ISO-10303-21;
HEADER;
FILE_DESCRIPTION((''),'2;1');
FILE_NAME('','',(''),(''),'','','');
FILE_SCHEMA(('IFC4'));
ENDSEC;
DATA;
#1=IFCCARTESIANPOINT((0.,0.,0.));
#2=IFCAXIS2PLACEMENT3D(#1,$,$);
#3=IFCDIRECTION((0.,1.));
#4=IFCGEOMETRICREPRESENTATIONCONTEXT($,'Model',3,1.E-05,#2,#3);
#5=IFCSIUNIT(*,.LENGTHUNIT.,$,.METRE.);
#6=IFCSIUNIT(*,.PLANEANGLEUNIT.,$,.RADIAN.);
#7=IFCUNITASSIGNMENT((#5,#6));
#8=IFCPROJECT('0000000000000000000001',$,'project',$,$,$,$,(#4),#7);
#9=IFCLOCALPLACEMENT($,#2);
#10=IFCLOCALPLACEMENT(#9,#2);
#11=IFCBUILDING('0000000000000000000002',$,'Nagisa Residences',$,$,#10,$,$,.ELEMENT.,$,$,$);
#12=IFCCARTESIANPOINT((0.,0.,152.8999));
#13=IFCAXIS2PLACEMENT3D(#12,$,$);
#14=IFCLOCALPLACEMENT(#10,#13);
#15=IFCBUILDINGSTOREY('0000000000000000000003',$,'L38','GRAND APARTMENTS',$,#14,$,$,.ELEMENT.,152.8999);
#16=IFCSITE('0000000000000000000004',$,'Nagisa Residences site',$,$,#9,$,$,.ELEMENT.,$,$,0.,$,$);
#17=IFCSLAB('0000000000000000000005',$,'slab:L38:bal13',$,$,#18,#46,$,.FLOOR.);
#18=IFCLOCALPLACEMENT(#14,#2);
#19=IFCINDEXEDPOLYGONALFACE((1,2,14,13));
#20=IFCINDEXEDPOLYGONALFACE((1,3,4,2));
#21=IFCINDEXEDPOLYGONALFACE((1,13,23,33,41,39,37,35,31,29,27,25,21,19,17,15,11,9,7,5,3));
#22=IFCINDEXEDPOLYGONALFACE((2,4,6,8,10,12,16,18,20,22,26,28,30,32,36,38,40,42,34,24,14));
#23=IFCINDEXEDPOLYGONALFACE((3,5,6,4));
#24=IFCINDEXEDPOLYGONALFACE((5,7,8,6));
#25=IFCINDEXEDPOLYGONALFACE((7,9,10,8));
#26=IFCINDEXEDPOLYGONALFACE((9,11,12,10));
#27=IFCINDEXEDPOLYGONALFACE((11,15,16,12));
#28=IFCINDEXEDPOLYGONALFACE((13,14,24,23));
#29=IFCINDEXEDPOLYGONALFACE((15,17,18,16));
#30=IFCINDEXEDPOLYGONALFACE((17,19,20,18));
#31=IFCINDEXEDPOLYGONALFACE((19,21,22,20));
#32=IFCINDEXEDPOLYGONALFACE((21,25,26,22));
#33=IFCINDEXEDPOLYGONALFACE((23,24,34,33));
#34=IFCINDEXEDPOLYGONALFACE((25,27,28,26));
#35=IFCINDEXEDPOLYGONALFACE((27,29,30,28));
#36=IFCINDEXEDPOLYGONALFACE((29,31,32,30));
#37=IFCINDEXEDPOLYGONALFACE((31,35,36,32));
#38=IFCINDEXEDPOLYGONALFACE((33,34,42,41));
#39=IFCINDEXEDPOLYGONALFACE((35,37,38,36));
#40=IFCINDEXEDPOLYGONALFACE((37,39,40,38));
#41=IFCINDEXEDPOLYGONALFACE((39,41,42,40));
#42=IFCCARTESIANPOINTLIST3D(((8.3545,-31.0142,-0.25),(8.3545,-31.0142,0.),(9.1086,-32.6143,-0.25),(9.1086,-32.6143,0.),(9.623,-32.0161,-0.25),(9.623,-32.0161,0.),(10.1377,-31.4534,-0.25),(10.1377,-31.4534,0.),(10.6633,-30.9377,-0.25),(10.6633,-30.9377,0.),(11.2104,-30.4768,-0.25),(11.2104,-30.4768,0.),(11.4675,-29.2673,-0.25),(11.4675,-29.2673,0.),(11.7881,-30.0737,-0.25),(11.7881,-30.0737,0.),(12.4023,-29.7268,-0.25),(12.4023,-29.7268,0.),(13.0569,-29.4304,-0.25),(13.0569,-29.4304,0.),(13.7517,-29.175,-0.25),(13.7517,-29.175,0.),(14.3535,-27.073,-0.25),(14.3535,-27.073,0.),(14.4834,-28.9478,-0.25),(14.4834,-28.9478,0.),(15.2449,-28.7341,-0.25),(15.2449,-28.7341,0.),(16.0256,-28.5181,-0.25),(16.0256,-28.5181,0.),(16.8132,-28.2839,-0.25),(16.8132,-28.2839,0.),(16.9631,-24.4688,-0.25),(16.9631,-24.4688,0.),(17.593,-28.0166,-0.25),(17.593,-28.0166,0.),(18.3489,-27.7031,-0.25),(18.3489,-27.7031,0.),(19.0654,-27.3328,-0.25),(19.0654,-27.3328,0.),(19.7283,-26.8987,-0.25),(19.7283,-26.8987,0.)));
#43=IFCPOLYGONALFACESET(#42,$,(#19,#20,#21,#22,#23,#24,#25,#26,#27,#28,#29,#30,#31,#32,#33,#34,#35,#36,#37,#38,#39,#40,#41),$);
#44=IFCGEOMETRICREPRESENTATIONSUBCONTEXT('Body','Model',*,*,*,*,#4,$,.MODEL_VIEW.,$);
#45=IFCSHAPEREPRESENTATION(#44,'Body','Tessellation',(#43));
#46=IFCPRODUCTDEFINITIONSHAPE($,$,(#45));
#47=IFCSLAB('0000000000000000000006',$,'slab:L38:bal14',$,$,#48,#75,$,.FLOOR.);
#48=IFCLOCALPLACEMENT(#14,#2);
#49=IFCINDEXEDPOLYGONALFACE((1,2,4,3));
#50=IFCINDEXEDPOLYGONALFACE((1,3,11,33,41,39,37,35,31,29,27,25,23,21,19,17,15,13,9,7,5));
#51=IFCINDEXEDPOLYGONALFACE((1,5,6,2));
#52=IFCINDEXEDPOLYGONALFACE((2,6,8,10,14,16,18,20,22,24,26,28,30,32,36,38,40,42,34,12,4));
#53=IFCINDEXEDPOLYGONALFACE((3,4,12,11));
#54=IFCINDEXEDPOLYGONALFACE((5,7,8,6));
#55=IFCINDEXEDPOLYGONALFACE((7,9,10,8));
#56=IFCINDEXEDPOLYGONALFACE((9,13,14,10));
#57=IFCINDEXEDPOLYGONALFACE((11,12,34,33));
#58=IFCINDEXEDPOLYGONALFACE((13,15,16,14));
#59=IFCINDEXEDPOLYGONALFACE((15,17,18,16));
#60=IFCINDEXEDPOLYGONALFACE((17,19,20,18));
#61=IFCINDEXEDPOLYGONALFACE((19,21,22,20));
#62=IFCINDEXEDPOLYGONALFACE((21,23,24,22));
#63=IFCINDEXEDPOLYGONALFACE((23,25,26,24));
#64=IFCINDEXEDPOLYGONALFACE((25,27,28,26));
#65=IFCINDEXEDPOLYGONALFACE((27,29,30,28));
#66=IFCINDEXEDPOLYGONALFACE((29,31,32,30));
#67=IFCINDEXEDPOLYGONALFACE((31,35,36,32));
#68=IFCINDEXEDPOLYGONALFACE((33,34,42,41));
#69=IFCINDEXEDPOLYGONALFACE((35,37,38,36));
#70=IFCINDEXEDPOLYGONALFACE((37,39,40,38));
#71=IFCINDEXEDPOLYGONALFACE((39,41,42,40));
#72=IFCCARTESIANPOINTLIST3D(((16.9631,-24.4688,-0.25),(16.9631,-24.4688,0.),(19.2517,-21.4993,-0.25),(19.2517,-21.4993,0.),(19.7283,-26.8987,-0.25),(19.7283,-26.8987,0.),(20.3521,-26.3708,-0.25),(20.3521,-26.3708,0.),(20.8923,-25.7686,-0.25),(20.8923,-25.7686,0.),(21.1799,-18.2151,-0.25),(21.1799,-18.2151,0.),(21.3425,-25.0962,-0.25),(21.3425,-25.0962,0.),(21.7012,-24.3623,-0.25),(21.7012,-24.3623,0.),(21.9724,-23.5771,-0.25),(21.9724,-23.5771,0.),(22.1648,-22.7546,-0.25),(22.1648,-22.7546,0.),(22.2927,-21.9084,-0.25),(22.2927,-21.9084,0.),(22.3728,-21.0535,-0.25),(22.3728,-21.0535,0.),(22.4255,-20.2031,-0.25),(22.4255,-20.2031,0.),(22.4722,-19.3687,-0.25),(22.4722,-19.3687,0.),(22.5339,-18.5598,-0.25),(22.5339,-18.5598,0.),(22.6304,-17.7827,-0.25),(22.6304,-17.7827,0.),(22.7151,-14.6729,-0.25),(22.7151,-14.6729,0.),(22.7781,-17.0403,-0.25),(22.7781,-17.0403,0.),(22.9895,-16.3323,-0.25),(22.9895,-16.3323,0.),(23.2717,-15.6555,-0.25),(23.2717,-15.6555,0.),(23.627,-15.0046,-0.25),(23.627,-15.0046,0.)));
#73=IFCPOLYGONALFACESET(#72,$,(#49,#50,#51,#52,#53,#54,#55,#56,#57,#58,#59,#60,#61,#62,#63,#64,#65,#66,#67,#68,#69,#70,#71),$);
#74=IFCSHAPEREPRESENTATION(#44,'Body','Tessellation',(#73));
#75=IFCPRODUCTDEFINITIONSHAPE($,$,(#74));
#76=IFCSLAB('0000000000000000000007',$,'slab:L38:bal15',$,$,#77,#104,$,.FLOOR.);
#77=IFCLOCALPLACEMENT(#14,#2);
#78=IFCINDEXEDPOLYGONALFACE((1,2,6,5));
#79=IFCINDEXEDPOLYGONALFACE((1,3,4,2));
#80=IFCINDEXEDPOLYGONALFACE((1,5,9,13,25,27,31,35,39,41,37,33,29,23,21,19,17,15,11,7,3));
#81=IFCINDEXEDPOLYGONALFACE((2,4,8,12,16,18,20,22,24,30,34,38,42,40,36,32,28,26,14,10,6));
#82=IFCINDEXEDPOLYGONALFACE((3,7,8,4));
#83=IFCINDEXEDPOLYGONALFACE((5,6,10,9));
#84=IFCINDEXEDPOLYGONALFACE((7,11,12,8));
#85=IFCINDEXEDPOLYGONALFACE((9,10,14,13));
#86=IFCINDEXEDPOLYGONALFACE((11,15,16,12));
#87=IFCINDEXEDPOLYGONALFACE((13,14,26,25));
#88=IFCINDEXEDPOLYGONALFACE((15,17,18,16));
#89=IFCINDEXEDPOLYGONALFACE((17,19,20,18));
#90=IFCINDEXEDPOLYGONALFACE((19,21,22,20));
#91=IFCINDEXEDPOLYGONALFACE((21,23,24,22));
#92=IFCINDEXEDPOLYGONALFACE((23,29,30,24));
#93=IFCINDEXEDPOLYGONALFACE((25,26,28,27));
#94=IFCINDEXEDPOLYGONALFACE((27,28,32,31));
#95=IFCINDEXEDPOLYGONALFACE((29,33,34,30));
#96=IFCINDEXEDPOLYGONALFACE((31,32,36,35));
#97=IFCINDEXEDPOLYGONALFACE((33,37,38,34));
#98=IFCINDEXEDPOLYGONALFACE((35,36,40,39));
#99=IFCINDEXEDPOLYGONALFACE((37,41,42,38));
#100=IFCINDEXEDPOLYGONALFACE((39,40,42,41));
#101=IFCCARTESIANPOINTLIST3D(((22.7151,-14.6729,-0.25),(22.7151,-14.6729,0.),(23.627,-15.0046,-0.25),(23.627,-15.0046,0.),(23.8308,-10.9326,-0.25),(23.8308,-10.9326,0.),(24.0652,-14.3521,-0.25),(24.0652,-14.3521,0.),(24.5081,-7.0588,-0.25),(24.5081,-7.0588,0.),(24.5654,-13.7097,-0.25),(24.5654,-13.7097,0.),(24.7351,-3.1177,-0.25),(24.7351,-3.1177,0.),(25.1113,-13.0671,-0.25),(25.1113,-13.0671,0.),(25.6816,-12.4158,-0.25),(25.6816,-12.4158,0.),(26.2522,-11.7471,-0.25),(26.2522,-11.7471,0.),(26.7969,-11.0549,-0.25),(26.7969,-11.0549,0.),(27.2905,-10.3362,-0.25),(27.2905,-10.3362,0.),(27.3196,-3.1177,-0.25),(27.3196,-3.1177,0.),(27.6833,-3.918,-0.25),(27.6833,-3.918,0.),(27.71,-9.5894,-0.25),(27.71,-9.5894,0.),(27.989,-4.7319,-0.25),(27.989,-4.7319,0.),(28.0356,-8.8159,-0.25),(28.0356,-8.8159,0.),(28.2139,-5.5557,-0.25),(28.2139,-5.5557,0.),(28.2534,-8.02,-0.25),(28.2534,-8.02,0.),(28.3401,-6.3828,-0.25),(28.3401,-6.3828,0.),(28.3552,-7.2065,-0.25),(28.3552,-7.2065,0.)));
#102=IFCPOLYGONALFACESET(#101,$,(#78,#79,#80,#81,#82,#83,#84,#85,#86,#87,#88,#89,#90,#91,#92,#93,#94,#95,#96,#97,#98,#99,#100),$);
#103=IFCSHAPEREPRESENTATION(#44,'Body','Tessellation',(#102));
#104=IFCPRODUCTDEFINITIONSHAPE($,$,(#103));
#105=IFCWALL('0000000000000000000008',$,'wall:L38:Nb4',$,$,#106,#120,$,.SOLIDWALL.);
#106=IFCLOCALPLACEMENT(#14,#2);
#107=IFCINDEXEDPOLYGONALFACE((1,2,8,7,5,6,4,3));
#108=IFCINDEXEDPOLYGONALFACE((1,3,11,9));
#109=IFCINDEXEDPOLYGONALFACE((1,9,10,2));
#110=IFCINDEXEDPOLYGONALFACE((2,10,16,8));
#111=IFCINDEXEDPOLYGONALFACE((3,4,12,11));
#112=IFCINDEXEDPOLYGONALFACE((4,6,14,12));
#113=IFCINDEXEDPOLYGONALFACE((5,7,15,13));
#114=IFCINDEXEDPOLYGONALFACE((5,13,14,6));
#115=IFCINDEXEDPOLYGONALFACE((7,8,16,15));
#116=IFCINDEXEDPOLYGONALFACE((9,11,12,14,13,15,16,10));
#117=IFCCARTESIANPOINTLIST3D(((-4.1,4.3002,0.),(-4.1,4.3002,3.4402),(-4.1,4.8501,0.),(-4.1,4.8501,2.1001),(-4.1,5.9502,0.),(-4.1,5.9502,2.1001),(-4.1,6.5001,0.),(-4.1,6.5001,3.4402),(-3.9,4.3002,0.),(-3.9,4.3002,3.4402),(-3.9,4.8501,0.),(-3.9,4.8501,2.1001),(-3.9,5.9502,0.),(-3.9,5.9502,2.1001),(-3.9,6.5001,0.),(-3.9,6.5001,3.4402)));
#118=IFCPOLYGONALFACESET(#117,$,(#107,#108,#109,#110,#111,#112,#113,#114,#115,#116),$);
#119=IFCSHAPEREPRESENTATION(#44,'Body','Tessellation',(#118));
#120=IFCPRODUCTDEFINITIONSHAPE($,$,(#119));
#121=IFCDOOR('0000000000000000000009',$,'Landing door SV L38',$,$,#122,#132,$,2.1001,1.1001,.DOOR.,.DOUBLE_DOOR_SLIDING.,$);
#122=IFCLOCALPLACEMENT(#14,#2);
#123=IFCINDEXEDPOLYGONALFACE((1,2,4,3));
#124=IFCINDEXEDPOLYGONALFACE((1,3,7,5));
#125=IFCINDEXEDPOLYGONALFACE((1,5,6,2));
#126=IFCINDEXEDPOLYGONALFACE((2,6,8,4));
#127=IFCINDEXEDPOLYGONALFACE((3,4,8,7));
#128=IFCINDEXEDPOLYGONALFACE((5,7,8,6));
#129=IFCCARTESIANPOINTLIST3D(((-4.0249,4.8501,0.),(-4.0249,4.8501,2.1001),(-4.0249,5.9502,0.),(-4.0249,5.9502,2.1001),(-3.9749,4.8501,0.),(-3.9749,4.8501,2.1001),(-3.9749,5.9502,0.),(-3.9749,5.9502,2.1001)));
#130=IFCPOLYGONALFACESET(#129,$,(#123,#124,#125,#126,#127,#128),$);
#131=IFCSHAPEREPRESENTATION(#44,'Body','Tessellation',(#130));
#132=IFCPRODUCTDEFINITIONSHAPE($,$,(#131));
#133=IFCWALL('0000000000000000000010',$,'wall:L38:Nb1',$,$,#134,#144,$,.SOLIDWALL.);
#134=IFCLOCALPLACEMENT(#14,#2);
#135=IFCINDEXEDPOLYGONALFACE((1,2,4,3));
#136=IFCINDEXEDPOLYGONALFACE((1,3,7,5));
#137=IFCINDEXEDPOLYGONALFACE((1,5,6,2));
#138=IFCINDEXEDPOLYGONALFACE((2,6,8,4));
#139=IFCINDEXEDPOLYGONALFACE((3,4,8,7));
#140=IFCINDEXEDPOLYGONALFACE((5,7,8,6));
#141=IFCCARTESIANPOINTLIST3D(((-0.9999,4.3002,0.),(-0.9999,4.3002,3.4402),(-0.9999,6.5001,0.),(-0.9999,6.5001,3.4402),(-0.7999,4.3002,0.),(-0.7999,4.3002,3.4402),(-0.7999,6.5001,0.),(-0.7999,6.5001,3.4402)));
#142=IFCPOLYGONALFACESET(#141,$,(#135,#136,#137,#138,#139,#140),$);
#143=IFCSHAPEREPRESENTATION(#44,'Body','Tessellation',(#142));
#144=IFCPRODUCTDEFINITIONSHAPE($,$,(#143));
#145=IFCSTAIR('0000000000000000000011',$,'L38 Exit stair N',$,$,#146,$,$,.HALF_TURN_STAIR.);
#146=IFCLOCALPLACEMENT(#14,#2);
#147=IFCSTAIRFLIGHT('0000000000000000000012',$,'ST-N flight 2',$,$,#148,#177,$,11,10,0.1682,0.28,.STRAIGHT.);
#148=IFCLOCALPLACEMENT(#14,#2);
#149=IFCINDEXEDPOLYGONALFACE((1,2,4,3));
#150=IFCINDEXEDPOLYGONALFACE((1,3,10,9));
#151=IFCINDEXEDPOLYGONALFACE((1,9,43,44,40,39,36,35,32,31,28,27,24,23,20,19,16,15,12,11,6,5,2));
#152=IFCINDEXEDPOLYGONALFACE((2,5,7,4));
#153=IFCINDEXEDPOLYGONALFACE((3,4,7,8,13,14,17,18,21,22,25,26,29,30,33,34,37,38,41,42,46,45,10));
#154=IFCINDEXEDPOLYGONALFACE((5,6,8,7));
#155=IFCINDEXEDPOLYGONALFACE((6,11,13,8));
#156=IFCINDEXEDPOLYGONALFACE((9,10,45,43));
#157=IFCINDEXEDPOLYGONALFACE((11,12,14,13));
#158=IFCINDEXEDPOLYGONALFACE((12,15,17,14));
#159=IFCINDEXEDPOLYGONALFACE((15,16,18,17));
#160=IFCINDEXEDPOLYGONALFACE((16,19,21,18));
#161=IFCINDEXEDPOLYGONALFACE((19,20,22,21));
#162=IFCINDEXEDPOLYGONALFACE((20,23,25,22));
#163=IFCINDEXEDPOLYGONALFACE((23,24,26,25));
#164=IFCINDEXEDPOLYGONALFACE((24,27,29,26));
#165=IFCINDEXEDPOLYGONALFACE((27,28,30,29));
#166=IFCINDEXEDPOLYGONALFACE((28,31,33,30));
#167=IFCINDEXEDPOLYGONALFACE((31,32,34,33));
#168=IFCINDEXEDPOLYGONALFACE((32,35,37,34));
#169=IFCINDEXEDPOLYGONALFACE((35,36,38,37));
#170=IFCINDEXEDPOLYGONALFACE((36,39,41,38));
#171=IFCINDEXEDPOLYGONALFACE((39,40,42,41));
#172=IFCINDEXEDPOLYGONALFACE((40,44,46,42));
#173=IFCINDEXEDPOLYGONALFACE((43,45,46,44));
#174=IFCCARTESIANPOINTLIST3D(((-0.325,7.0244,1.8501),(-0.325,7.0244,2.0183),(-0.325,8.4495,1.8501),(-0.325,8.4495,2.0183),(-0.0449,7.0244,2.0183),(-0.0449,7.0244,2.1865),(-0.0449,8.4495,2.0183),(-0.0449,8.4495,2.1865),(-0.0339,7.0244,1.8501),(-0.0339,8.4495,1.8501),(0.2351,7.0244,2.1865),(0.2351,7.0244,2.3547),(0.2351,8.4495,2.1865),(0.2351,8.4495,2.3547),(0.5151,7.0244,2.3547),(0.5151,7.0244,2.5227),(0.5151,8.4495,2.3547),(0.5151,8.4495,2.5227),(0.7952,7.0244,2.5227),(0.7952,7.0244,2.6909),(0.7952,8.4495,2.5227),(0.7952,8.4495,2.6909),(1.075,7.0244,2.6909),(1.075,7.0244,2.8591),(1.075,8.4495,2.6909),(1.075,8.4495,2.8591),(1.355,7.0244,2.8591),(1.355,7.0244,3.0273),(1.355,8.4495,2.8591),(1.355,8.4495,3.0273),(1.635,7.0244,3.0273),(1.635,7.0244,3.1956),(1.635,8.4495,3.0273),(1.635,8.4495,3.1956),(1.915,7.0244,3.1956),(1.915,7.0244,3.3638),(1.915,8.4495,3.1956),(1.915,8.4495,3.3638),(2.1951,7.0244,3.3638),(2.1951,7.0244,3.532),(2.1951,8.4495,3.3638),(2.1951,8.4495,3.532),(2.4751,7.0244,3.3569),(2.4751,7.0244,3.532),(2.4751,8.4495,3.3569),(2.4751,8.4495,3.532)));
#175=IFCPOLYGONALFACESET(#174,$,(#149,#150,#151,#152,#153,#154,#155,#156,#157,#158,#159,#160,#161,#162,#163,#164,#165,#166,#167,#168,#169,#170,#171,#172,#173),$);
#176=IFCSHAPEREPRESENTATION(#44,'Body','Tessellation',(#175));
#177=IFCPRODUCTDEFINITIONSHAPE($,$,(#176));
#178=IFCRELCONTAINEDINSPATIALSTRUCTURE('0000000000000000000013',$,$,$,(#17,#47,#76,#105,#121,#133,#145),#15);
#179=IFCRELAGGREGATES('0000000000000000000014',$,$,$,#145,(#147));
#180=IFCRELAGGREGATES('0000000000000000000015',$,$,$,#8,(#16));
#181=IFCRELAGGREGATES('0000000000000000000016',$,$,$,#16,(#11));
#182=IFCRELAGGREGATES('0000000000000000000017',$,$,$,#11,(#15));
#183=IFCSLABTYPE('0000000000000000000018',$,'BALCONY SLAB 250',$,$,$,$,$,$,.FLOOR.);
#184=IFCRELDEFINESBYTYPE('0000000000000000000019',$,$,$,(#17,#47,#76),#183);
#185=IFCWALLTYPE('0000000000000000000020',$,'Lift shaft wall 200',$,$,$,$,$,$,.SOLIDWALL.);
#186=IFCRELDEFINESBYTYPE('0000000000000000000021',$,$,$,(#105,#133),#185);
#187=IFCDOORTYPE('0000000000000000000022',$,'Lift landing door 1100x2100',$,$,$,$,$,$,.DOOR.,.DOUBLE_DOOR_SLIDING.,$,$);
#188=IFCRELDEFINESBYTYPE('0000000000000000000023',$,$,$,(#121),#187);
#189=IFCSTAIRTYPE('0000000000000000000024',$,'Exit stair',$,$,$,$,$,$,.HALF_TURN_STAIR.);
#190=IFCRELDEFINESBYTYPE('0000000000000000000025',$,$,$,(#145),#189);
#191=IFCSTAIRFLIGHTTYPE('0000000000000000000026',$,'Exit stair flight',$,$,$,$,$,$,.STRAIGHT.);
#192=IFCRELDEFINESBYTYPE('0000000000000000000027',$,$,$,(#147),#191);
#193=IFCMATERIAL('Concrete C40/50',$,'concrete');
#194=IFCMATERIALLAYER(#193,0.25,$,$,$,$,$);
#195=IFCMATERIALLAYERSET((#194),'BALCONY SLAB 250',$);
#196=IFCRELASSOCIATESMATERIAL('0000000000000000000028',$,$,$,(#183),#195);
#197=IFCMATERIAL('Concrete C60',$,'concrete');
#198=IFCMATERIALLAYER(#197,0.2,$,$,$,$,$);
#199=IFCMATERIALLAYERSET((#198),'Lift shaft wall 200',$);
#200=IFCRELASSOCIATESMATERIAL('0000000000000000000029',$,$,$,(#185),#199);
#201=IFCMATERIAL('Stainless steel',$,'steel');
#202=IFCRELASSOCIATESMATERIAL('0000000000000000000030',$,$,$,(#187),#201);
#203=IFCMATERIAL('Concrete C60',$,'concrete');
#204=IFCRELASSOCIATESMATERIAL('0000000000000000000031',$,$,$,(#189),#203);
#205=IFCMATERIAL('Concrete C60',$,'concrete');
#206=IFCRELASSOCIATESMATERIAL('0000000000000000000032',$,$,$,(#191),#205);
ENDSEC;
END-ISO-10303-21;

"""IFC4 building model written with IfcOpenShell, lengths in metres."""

from ifc_helpers import new_model, si_unit, direction, frame, frame_2d, origin, place, context, subcontext, project, spatial, polyline, rectangle, outline, extrude, material, layer, layer_set, type_object, element, fill, aggregate, save


model = new_model("IFC4")

# Units and contexts
model_context = context("Model", 3, precision=1e-05, world=origin(), true_north=direction((0.0, 1.0)))
body_context = subcontext(model_context, "Body", "Model", "MODEL_VIEW")
ifc_project = project(units=[si_unit("LENGTHUNIT", "METRE"), si_unit("PLANEANGLEUNIT", "RADIAN")], contexts=[model_context])

# Site, building, storey
site_placement = place(None, origin())
site = spatial("IfcSite", under=ifc_project, at=site_placement, Name="Nagisa Residences site", CompositionType="ELEMENT", RefElevation=0.0)
building_placement = place(site_placement, origin())
building = spatial("IfcBuilding", under=site, at=building_placement, Name="Nagisa Residences", CompositionType="ELEMENT")
storey_placement = place(building_placement, frame((0.0, 0.0, 152.8999)))
storey = spatial("IfcBuildingStorey", under=building, at=storey_placement, Name="L38", Description="GRAND APARTMENTS", CompositionType="ELEMENT", Elevation=152.8999)

# Slabs
ifc_material_1 = material(Name="Concrete C40/50", Category="concrete")
ifc_layer_1 = layer(ifc_material_1, 0.25)
ifc_layer_set_1 = layer_set([ifc_layer_1], Name="BALCONY SLAB 250")
slab_type = type_object("IfcSlabType", Name="BALCONY SLAB 250", PredefinedType="FLOOR", material=ifc_layer_set_1)
slab_1_placement = place(storey_placement, frame((0.0, 0.0, -0.25)))
element("IfcSlab", 1, at=slab_1_placement, inside=storey, type_object=slab_type, Name="slab:L38:bal13", PredefinedType="FLOOR", context=body_context, shape_type="SweptSolid", body=[
    extrude(outline(polyline([(9.1086, -32.6143), (9.623, -32.0161), (10.1377, -31.4534), (10.6633, -30.9377), (11.2104, -30.4768), (11.7881, -30.0737), (12.4023, -29.7268), (13.0569, -29.4304), (13.7517, -29.175), (14.4834, -28.9478), (15.2449, -28.7341), (16.0256, -28.5181), (16.8132, -28.2839), (17.593, -28.0166), (18.3489, -27.7031), (19.0654, -27.3328), (19.7283, -26.8987), (16.9631, -24.4688), (14.3535, -27.073), (11.4675, -29.2673), (8.3545, -31.0142), (9.1086, -32.6143)])), origin(), (0.0, 0.0, 1.0), 0.25),
])
slab_2_placement = place(storey_placement, frame((0.0, 0.0, -0.25)))
element("IfcSlab", 2, at=slab_2_placement, inside=storey, type_object=slab_type, Name="slab:L38:bal14", PredefinedType="FLOOR", context=body_context, shape_type="SweptSolid", body=[
    extrude(outline(polyline([(19.7283, -26.8987), (20.3521, -26.3708), (20.8923, -25.7686), (21.3425, -25.0962), (21.7012, -24.3623), (21.9724, -23.5771), (22.1648, -22.7546), (22.2927, -21.9084), (22.3728, -21.0535), (22.4255, -20.2031), (22.4722, -19.3687), (22.5339, -18.5598), (22.6304, -17.7827), (22.7781, -17.0403), (22.9895, -16.3323), (23.2717, -15.6555), (23.627, -15.0046), (22.7151, -14.6729), (21.1799, -18.2151), (19.2517, -21.4993), (16.9631, -24.4688), (19.7283, -26.8987)])), origin(), (0.0, 0.0, 1.0), 0.25),
])
slab_3_placement = place(storey_placement, frame((0.0, 0.0, -0.25)))
element("IfcSlab", 3, at=slab_3_placement, inside=storey, type_object=slab_type, Name="slab:L38:bal15", PredefinedType="FLOOR", context=body_context, shape_type="SweptSolid", body=[
    extrude(outline(polyline([(23.627, -15.0046), (24.0652, -14.3521), (24.5654, -13.7097), (25.1113, -13.0671), (25.6816, -12.4158), (26.2522, -11.7471), (26.7969, -11.0549), (27.2905, -10.3362), (27.71, -9.5894), (28.0356, -8.8159), (28.2534, -8.02), (28.3552, -7.2065), (28.3401, -6.3828), (28.2139, -5.5557), (27.989, -4.7319), (27.6833, -3.918), (27.3196, -3.1177), (24.7351, -3.1177), (24.5081, -7.0588), (23.8308, -10.9326), (22.7151, -14.6729), (23.627, -15.0046)])), origin(), (0.0, 0.0, 1.0), 0.25),
])

# Wall, opening, door
ifc_material_2 = material(Name="Concrete C60", Category="concrete")
ifc_layer_2 = layer(ifc_material_2, 0.2)
ifc_layer_set_2 = layer_set([ifc_layer_2], Name="Lift shaft wall 200")
wall_type = type_object("IfcWallType", Name="Lift shaft wall 200", PredefinedType="SOLIDWALL", material=ifc_layer_set_2)
wall_1_placement = place(storey_placement, frame((-4.0, 4.3, 0.0), z_axis=(0.0, 0.0, 1.0), x_axis=(0.0, 1.0, 0.0)))
wall_1 = element("IfcWall", 4, at=wall_1_placement, inside=storey, type_object=wall_type, Name="wall:L38:Nb4", PredefinedType="SOLIDWALL", context=body_context, shape_type="SweptSolid", body=[
    extrude(rectangle(XDim=2.2, YDim=0.2, at=frame_2d((1.1001, 0.0))), origin(), (0.0, 0.0, 1.0), 3.4402),
])
opening_placement = place(wall_1_placement, frame((0.55, 0.0, 0.0)))
opening = element("IfcOpeningElement", 5, at=opening_placement, cuts=wall_1, PredefinedType="OPENING", context=body_context, shape_type="SweptSolid", body=[
    extrude(rectangle(XDim=1.1001, YDim=2.1001, at=frame_2d((0.55, 1.05))), frame((0.0, 0.1099, 0.0), z_axis=(0.0, -1.0, 0.0), x_axis=(1.0, 0.0, 0.0)), (0.0, 0.0, 1.0), 0.22),
])
ifc_material_3 = material(Name="Stainless steel", Category="steel")
door_type = type_object("IfcDoorType", Name="Lift landing door 1100x2100", OperationType="DOUBLE_DOOR_SLIDING", PredefinedType="DOOR", material=ifc_material_3)
door_placement = place(opening_placement, origin())
door = element("IfcDoor", 6, at=door_placement, inside=storey, type_object=door_type, Name="Landing door SV L38", OperationType="DOUBLE_DOOR_SLIDING", OverallHeight=2.1001, OverallWidth=1.1001, PredefinedType="DOOR", context=body_context, shape_type="SweptSolid", body=[
    extrude(rectangle(XDim=1.1001, YDim=2.1001, at=frame_2d((0.55, 1.05))), frame((0.0, 0.0249, 0.0), z_axis=(0.0, -1.0, 0.0), x_axis=(1.0, 0.0, 0.0)), (0.0, 0.0, 1.0), 0.05),
])
fill(opening, door)

# Wall
wall_2_placement = place(storey_placement, frame((-0.8999, 4.3, 0.0), z_axis=(0.0, 0.0, 1.0), x_axis=(0.0, 1.0, 0.0)))
element("IfcWall", 7, at=wall_2_placement, inside=storey, type_object=wall_type, Name="wall:L38:Nb1", PredefinedType="SOLIDWALL", context=body_context, shape_type="SweptSolid", body=[
    extrude(rectangle(XDim=2.2, YDim=0.2, at=frame_2d((1.1001, 0.0))), origin(), (0.0, 0.0, 1.0), 3.4402),
])

# Stair, stair flight
ifc_material_4 = material(Name="Concrete C60", Category="concrete")
stair_type = type_object("IfcStairType", Name="Exit stair", PredefinedType="HALF_TURN_STAIR", material=ifc_material_4)
stair_placement = place(storey_placement, origin())
stair = element("IfcStair", 8, at=stair_placement, inside=storey, type_object=stair_type, Name="L38 Exit stair N", PredefinedType="HALF_TURN_STAIR")
ifc_material_5 = material(Name="Concrete C60", Category="concrete")
stair_flight_type = type_object("IfcStairFlightType", Name="Exit stair flight", PredefinedType="STRAIGHT", material=ifc_material_5)
stair_flight_placement = place(storey_placement, frame((-0.325, 7.7371, 1.8501), z_axis=(0.0, 0.0, 1.0), x_axis=(1.0, 0.0, 0.0)))
stair_flight = element("IfcStairFlight", 9, at=stair_flight_placement, type_object=stair_flight_type, Name="ST-N flight 2", NumberOfRisers=11, NumberOfTreads=10, PredefinedType="STRAIGHT", RiserHeight=0.1682, TreadLength=0.28, context=body_context, shape_type="SweptSolid", body=[
    extrude(outline(polyline([(0.0, 0.0), (0.0, 0.1682), (0.28, 0.1682), (0.28, 0.3364), (0.5601, 0.3364), (0.5601, 0.5046), (0.8401, 0.5046), (0.8401, 0.6726), (1.1201, 0.6726), (1.1201, 0.8408), (1.3999, 0.8408), (1.3999, 1.009), (1.6799, 1.009), (1.6799, 1.1772), (1.96, 1.1772), (1.96, 1.3455), (2.24, 1.3455), (2.24, 1.5137), (2.52, 1.5137), (2.52, 1.6819), (2.8, 1.6819), (2.8, 1.8501), (2.8, 1.5068), (0.291, 0.0), (0.0, 0.0)])), frame((0.0, 0.7124, 0.0), z_axis=(0.0, -1.0, 0.0), x_axis=(1.0, 0.0, 0.0)), (0.0, 0.0, 1.0), 1.425),
])
aggregate(stair, [stair_flight])

save(model, "model.ifc")
